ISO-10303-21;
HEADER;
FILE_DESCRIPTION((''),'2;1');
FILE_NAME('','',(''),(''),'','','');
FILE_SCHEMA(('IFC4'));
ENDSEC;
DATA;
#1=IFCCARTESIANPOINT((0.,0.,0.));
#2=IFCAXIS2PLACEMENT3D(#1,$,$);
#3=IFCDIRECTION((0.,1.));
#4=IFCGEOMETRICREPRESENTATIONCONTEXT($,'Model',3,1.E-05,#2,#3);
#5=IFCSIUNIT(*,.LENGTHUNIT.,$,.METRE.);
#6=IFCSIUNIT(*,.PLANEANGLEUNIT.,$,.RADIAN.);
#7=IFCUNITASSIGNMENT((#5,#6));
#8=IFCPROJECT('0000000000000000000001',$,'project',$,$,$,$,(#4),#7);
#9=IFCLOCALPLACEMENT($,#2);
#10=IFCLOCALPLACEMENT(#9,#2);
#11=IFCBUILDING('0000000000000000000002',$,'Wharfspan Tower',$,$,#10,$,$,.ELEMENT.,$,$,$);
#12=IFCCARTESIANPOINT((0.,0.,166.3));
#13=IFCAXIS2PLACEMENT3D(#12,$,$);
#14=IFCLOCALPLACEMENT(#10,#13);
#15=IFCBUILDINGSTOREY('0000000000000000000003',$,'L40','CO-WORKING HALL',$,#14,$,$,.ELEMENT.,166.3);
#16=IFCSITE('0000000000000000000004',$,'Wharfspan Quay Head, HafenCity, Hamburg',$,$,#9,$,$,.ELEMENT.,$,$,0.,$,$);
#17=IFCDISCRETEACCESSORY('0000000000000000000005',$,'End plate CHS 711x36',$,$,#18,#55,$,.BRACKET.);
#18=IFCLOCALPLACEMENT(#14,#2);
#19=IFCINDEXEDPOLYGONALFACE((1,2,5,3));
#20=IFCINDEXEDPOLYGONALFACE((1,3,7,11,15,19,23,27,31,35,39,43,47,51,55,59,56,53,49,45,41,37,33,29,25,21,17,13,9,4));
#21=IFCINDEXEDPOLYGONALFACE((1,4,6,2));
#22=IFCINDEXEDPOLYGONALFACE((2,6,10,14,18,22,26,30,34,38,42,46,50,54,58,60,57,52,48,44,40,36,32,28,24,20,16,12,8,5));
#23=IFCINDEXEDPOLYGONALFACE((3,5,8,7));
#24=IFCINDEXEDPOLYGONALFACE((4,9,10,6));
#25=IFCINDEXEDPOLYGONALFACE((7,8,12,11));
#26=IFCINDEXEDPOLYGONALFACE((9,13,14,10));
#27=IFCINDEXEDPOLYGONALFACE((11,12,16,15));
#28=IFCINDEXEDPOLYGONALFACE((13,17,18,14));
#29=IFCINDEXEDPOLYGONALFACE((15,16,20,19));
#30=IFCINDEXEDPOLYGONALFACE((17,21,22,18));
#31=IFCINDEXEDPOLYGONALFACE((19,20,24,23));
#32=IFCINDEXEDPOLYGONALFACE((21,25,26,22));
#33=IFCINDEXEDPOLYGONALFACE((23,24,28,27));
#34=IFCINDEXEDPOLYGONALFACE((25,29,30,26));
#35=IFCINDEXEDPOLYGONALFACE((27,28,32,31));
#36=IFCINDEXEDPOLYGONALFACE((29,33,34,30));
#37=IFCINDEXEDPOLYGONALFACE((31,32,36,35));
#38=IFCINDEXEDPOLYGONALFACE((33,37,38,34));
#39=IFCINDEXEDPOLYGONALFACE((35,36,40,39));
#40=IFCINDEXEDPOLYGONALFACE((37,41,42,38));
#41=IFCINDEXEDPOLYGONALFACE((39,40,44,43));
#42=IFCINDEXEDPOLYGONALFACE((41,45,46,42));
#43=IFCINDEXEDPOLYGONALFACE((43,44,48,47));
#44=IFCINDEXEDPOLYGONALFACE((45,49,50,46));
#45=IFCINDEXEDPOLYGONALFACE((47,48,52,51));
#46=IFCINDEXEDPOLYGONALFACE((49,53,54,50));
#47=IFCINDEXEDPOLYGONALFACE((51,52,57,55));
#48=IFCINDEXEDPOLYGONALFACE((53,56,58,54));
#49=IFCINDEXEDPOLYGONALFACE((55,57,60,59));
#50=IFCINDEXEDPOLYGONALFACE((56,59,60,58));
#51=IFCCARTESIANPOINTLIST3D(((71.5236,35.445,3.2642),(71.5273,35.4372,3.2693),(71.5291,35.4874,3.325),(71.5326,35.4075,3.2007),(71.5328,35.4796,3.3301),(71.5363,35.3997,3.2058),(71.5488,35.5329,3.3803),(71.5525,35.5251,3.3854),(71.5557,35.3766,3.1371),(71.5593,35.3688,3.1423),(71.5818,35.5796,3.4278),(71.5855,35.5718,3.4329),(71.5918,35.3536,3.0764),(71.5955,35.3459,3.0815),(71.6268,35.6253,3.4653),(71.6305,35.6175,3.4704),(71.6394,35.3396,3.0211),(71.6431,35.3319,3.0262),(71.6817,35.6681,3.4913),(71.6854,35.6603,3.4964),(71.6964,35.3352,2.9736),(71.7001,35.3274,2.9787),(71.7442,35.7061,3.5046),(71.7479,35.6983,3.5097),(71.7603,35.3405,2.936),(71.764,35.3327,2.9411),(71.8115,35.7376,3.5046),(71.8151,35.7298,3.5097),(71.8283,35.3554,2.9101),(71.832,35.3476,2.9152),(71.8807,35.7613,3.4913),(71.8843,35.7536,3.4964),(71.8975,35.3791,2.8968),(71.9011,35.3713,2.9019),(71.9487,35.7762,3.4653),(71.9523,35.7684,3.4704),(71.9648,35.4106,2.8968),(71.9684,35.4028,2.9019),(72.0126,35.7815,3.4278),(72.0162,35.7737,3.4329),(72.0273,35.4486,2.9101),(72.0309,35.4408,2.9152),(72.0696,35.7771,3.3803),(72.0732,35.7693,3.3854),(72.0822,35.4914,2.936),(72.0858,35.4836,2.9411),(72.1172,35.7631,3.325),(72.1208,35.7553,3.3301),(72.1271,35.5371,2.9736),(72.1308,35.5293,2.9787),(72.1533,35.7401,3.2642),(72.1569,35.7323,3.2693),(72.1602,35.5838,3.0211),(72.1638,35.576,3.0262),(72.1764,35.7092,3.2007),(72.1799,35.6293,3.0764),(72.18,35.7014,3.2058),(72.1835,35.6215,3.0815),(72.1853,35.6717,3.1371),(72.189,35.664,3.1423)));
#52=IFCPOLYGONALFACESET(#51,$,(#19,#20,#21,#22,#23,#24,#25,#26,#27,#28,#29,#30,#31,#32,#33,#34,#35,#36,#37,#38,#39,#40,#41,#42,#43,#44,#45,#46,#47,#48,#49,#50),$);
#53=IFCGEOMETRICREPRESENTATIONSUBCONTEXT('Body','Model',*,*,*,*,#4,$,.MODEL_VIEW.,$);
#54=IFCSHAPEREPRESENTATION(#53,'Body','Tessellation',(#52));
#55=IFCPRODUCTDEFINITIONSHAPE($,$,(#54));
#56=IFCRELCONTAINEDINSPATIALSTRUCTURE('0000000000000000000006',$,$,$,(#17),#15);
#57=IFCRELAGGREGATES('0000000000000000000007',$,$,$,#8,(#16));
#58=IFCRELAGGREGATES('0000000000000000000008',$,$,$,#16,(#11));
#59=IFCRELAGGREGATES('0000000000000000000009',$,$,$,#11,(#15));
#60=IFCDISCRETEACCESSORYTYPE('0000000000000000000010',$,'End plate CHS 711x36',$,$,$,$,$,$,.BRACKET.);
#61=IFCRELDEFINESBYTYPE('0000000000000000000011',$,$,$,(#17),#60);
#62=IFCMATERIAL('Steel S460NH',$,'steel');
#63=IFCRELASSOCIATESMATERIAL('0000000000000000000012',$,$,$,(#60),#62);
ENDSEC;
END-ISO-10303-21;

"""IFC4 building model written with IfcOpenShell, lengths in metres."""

from ifc_helpers import new_model, si_unit, direction, frame, origin, origin_2d, place, context, subcontext, project, spatial, circle, extrude, material, material_profile, profile_set, type_object, element, save


model = new_model("IFC4")

# Units and contexts
model_context = context("Model", 3, precision=1e-05, world=origin(), true_north=direction((0.0, 1.0)))
body_context = subcontext(model_context, "Body", "Model", "MODEL_VIEW")
ifc_project = project(units=[si_unit("LENGTHUNIT", "METRE"), si_unit("PLANEANGLEUNIT", "RADIAN")], contexts=[model_context])

# Site, building, storey
site_placement = place(None, origin())
site = spatial("IfcSite", under=ifc_project, at=site_placement, Name="Wharfspan Quay Head, HafenCity, Hamburg", CompositionType="ELEMENT", RefElevation=0.0)
building_placement = place(site_placement, origin())
building = spatial("IfcBuilding", under=site, at=building_placement, Name="Wharfspan Tower", CompositionType="ELEMENT")
storey_placement = place(building_placement, frame((0.0, 0.0, 166.3)))
storey = spatial("IfcBuildingStorey", under=building, at=storey_placement, Name="L40", Description="CO-WORKING HALL", CompositionType="ELEMENT", Elevation=166.3)

# Shared definitions
ifc_material_1 = material(Name="Steel S460NH", Category="steel")

# Discrete accessory
ifc_material_profile_1 = material_profile(ifc_material_1, circle(Radius=0.3555, at=origin_2d()))
ifc_profile_set_1 = profile_set([ifc_material_profile_1], Name="Steel S460NH")
discrete_accessory_type = type_object("IfcDiscreteAccessoryType", Name="End plate CHS 711x36", PredefinedType="BRACKET", material=ifc_profile_set_1)
for number, where, z_axis, x_axis, name in (
    (1, (71.8545, 35.5583, 3.2007), (0.364878, -0.778407, 0.510829), (0.905462, 0.424435, 0.0), "End plate CHS 711x36"),
):
    element("IfcDiscreteAccessory", number, at=place(storey_placement, frame(where, z_axis=z_axis, x_axis=x_axis)), inside=storey, type_object=discrete_accessory_type, Name=name, PredefinedType="BRACKET", context=body_context, shape_type="SweptSolid", body=[
        extrude(circle(Radius=0.3555, at=origin_2d()), origin(), (0.0, 0.0, 1.0), 0.01),
    ])

save(model, "model.ifc")
